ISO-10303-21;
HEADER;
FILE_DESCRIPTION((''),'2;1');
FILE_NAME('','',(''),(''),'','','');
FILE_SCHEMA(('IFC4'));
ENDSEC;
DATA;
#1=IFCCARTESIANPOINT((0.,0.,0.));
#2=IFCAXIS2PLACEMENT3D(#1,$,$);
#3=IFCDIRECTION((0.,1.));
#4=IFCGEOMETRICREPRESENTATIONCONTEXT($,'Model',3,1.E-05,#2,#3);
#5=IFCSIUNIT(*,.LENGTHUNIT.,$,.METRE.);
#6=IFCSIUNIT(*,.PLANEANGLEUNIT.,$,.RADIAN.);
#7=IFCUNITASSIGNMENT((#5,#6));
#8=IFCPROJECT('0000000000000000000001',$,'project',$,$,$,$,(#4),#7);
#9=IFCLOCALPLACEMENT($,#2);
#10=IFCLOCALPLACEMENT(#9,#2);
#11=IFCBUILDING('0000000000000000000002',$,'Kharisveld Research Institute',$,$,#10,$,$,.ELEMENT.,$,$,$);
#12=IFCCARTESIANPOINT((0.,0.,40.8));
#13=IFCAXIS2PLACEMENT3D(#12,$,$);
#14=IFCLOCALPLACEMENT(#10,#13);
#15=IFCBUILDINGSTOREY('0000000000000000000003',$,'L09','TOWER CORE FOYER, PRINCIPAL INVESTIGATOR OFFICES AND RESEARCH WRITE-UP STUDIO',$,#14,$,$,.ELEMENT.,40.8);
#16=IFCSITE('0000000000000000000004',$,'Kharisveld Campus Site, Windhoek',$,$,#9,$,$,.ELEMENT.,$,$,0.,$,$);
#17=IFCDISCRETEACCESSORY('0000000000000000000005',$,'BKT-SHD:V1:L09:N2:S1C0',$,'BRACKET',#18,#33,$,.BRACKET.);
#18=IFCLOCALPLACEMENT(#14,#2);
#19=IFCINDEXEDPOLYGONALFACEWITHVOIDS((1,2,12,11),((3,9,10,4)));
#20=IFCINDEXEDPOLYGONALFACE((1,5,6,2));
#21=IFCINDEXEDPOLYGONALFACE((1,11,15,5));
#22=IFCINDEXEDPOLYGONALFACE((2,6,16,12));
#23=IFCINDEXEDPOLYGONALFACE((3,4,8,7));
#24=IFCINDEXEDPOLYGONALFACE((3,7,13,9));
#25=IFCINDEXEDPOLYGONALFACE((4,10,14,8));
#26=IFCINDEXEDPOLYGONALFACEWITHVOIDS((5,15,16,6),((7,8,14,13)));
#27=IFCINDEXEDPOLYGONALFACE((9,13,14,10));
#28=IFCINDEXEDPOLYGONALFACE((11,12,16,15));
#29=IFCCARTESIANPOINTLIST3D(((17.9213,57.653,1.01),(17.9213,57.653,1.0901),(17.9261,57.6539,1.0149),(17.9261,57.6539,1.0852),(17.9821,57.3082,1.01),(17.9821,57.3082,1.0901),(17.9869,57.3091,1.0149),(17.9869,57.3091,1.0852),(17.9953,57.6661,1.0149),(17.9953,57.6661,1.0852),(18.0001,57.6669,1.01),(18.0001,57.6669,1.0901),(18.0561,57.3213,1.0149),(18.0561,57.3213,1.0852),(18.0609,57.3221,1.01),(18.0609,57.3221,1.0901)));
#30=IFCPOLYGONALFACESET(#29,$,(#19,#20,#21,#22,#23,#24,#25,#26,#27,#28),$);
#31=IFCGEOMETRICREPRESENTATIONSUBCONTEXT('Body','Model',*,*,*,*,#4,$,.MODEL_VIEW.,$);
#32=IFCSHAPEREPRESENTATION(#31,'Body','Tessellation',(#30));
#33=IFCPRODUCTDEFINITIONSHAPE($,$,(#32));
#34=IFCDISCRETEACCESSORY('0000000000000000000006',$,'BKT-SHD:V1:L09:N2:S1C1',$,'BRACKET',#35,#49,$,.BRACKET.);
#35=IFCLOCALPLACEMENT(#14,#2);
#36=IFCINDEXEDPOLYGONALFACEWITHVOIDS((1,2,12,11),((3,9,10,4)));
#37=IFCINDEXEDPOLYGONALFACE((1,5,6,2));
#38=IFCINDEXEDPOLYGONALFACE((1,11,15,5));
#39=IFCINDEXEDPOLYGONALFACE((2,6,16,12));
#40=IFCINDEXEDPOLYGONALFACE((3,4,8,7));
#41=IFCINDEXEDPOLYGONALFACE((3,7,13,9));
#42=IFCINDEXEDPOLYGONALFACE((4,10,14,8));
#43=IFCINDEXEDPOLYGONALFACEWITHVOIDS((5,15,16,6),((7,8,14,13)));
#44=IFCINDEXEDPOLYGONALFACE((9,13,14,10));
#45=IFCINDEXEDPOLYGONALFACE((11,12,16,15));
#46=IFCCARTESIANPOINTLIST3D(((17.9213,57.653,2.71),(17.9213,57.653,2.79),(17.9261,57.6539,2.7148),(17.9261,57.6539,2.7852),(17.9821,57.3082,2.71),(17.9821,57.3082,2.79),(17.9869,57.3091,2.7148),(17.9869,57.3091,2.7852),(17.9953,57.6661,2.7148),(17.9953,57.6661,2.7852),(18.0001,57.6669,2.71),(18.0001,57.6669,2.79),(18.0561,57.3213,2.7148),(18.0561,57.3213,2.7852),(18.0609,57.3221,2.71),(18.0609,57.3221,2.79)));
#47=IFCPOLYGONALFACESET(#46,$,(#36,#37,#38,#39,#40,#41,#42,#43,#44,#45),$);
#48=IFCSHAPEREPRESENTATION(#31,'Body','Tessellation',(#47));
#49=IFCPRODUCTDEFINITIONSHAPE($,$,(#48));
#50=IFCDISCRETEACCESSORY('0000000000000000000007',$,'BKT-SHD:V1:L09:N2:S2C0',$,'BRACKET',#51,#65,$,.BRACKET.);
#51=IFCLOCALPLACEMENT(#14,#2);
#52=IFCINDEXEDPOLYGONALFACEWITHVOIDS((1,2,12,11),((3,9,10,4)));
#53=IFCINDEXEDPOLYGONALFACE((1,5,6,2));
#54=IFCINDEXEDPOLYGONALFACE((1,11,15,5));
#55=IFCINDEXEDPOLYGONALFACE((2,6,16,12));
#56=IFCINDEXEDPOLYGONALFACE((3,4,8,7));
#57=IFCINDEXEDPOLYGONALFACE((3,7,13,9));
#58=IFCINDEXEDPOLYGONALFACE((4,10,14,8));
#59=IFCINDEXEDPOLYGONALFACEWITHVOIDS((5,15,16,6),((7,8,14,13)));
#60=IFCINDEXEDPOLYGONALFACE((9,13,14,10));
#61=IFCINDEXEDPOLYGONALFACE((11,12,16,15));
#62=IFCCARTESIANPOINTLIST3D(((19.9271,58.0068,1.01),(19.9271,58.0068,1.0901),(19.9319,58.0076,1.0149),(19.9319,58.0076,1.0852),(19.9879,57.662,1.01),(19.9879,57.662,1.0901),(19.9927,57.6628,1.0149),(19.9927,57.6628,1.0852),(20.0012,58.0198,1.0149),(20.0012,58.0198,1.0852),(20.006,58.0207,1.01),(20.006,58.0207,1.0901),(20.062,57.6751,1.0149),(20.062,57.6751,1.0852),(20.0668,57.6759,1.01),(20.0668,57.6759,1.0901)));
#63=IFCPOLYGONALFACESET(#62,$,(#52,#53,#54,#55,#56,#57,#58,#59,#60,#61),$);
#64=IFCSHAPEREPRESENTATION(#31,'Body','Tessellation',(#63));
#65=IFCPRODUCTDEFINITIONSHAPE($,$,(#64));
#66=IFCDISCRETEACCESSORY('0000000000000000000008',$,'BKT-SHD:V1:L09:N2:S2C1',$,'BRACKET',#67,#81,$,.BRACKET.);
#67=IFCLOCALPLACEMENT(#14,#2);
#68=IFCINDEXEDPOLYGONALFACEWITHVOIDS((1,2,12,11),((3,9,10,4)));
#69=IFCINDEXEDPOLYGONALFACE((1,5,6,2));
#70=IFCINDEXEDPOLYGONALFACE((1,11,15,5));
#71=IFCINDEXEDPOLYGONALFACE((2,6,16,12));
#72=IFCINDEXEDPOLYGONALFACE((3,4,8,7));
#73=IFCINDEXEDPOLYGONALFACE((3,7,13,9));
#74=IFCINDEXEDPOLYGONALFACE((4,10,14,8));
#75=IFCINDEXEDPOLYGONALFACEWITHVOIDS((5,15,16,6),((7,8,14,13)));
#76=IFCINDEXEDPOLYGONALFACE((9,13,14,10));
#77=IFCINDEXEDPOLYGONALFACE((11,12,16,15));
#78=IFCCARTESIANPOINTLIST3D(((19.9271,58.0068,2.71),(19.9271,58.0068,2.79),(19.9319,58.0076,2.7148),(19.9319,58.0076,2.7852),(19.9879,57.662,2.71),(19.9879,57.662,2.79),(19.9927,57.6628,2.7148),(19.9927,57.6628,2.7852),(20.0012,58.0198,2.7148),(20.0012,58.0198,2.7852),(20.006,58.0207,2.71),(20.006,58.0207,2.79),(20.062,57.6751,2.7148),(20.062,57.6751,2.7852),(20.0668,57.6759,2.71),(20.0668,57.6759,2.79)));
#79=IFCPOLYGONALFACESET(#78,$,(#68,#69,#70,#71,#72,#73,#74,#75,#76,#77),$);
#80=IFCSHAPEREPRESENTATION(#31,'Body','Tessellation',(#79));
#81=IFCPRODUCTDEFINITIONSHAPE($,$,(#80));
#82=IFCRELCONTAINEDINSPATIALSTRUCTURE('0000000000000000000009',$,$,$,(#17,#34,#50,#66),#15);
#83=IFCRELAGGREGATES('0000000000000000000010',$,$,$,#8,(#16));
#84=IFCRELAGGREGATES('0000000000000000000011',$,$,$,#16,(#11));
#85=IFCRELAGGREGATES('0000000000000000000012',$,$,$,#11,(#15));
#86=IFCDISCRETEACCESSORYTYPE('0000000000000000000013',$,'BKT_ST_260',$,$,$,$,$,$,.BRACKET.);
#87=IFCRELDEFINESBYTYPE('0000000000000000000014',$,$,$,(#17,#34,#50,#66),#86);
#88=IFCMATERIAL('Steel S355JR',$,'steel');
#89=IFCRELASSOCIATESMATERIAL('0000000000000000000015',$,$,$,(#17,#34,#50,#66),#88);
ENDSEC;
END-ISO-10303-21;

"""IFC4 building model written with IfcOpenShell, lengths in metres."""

from ifc_helpers import new_model, si_unit, direction, frame, origin, origin_2d, place, context, subcontext, project, spatial, hollow_rectangle, extrude, material, type_object, element, save


model = new_model("IFC4")

# Units and contexts
model_context = context("Model", 3, precision=1e-05, world=origin(), true_north=direction((0.0, 1.0)))
body_context = subcontext(model_context, "Body", "Model", "MODEL_VIEW")
ifc_project = project(units=[si_unit("LENGTHUNIT", "METRE"), si_unit("PLANEANGLEUNIT", "RADIAN")], contexts=[model_context])

# Site, building, storey
site_placement = place(None, origin())
site = spatial("IfcSite", under=ifc_project, at=site_placement, Name="Kharisveld Campus Site, Windhoek", CompositionType="ELEMENT", RefElevation=0.0)
building_placement = place(site_placement, origin())
building = spatial("IfcBuilding", under=site, at=building_placement, Name="Kharisveld Research Institute", CompositionType="ELEMENT")
storey_placement = place(building_placement, frame((0.0, 0.0, 40.8)))
storey = spatial("IfcBuildingStorey", under=building, at=storey_placement, Name="L09", Description="TOWER CORE FOYER, PRINCIPAL INVESTIGATOR OFFICES AND RESEARCH WRITE-UP STUDIO", CompositionType="ELEMENT", Elevation=40.8)

# Discrete accessories
ifc_material_1 = material(Name="Steel S355JR", Category="steel")
discrete_accessory_type = type_object("IfcDiscreteAccessoryType", Name="BKT_ST_260", PredefinedType="BRACKET")
for number, where, z_axis, x_axis, name in (
    (1, (18.0215, 57.3152, 1.05), (-0.173666, 0.984805, 0.0), (-0.984805, -0.173666, 0.0), "BKT-SHD:V1:L09:N2:S1C0"),
    (2, (18.0215, 57.3152, 2.75), (-0.173666, 0.984805, 0.0), (-0.984805, -0.173666, 0.0), "BKT-SHD:V1:L09:N2:S1C1"),
    (3, (20.0273, 57.6689, 1.05), (-0.173666, 0.984805, 0.0), (-0.984805, -0.173666, 0.0), "BKT-SHD:V1:L09:N2:S2C0"),
    (4, (20.0273, 57.6689, 2.75), (-0.173666, 0.984805, 0.0), (-0.984805, -0.173666, 0.0), "BKT-SHD:V1:L09:N2:S2C1"),
):
    element("IfcDiscreteAccessory", number, at=place(storey_placement, frame(where, z_axis=z_axis, x_axis=x_axis)), inside=storey, type_object=discrete_accessory_type, material=ifc_material_1, Name=name, ObjectType="BRACKET", PredefinedType="BRACKET", context=body_context, shape_type="SweptSolid", body=[
        extrude(hollow_rectangle(XDim=0.0801, YDim=0.0801, WallThickness=0.0049, at=origin_2d()), origin(), (0.0, 0.0, 1.0), 0.3501),
    ])

save(model, "model.ifc")
